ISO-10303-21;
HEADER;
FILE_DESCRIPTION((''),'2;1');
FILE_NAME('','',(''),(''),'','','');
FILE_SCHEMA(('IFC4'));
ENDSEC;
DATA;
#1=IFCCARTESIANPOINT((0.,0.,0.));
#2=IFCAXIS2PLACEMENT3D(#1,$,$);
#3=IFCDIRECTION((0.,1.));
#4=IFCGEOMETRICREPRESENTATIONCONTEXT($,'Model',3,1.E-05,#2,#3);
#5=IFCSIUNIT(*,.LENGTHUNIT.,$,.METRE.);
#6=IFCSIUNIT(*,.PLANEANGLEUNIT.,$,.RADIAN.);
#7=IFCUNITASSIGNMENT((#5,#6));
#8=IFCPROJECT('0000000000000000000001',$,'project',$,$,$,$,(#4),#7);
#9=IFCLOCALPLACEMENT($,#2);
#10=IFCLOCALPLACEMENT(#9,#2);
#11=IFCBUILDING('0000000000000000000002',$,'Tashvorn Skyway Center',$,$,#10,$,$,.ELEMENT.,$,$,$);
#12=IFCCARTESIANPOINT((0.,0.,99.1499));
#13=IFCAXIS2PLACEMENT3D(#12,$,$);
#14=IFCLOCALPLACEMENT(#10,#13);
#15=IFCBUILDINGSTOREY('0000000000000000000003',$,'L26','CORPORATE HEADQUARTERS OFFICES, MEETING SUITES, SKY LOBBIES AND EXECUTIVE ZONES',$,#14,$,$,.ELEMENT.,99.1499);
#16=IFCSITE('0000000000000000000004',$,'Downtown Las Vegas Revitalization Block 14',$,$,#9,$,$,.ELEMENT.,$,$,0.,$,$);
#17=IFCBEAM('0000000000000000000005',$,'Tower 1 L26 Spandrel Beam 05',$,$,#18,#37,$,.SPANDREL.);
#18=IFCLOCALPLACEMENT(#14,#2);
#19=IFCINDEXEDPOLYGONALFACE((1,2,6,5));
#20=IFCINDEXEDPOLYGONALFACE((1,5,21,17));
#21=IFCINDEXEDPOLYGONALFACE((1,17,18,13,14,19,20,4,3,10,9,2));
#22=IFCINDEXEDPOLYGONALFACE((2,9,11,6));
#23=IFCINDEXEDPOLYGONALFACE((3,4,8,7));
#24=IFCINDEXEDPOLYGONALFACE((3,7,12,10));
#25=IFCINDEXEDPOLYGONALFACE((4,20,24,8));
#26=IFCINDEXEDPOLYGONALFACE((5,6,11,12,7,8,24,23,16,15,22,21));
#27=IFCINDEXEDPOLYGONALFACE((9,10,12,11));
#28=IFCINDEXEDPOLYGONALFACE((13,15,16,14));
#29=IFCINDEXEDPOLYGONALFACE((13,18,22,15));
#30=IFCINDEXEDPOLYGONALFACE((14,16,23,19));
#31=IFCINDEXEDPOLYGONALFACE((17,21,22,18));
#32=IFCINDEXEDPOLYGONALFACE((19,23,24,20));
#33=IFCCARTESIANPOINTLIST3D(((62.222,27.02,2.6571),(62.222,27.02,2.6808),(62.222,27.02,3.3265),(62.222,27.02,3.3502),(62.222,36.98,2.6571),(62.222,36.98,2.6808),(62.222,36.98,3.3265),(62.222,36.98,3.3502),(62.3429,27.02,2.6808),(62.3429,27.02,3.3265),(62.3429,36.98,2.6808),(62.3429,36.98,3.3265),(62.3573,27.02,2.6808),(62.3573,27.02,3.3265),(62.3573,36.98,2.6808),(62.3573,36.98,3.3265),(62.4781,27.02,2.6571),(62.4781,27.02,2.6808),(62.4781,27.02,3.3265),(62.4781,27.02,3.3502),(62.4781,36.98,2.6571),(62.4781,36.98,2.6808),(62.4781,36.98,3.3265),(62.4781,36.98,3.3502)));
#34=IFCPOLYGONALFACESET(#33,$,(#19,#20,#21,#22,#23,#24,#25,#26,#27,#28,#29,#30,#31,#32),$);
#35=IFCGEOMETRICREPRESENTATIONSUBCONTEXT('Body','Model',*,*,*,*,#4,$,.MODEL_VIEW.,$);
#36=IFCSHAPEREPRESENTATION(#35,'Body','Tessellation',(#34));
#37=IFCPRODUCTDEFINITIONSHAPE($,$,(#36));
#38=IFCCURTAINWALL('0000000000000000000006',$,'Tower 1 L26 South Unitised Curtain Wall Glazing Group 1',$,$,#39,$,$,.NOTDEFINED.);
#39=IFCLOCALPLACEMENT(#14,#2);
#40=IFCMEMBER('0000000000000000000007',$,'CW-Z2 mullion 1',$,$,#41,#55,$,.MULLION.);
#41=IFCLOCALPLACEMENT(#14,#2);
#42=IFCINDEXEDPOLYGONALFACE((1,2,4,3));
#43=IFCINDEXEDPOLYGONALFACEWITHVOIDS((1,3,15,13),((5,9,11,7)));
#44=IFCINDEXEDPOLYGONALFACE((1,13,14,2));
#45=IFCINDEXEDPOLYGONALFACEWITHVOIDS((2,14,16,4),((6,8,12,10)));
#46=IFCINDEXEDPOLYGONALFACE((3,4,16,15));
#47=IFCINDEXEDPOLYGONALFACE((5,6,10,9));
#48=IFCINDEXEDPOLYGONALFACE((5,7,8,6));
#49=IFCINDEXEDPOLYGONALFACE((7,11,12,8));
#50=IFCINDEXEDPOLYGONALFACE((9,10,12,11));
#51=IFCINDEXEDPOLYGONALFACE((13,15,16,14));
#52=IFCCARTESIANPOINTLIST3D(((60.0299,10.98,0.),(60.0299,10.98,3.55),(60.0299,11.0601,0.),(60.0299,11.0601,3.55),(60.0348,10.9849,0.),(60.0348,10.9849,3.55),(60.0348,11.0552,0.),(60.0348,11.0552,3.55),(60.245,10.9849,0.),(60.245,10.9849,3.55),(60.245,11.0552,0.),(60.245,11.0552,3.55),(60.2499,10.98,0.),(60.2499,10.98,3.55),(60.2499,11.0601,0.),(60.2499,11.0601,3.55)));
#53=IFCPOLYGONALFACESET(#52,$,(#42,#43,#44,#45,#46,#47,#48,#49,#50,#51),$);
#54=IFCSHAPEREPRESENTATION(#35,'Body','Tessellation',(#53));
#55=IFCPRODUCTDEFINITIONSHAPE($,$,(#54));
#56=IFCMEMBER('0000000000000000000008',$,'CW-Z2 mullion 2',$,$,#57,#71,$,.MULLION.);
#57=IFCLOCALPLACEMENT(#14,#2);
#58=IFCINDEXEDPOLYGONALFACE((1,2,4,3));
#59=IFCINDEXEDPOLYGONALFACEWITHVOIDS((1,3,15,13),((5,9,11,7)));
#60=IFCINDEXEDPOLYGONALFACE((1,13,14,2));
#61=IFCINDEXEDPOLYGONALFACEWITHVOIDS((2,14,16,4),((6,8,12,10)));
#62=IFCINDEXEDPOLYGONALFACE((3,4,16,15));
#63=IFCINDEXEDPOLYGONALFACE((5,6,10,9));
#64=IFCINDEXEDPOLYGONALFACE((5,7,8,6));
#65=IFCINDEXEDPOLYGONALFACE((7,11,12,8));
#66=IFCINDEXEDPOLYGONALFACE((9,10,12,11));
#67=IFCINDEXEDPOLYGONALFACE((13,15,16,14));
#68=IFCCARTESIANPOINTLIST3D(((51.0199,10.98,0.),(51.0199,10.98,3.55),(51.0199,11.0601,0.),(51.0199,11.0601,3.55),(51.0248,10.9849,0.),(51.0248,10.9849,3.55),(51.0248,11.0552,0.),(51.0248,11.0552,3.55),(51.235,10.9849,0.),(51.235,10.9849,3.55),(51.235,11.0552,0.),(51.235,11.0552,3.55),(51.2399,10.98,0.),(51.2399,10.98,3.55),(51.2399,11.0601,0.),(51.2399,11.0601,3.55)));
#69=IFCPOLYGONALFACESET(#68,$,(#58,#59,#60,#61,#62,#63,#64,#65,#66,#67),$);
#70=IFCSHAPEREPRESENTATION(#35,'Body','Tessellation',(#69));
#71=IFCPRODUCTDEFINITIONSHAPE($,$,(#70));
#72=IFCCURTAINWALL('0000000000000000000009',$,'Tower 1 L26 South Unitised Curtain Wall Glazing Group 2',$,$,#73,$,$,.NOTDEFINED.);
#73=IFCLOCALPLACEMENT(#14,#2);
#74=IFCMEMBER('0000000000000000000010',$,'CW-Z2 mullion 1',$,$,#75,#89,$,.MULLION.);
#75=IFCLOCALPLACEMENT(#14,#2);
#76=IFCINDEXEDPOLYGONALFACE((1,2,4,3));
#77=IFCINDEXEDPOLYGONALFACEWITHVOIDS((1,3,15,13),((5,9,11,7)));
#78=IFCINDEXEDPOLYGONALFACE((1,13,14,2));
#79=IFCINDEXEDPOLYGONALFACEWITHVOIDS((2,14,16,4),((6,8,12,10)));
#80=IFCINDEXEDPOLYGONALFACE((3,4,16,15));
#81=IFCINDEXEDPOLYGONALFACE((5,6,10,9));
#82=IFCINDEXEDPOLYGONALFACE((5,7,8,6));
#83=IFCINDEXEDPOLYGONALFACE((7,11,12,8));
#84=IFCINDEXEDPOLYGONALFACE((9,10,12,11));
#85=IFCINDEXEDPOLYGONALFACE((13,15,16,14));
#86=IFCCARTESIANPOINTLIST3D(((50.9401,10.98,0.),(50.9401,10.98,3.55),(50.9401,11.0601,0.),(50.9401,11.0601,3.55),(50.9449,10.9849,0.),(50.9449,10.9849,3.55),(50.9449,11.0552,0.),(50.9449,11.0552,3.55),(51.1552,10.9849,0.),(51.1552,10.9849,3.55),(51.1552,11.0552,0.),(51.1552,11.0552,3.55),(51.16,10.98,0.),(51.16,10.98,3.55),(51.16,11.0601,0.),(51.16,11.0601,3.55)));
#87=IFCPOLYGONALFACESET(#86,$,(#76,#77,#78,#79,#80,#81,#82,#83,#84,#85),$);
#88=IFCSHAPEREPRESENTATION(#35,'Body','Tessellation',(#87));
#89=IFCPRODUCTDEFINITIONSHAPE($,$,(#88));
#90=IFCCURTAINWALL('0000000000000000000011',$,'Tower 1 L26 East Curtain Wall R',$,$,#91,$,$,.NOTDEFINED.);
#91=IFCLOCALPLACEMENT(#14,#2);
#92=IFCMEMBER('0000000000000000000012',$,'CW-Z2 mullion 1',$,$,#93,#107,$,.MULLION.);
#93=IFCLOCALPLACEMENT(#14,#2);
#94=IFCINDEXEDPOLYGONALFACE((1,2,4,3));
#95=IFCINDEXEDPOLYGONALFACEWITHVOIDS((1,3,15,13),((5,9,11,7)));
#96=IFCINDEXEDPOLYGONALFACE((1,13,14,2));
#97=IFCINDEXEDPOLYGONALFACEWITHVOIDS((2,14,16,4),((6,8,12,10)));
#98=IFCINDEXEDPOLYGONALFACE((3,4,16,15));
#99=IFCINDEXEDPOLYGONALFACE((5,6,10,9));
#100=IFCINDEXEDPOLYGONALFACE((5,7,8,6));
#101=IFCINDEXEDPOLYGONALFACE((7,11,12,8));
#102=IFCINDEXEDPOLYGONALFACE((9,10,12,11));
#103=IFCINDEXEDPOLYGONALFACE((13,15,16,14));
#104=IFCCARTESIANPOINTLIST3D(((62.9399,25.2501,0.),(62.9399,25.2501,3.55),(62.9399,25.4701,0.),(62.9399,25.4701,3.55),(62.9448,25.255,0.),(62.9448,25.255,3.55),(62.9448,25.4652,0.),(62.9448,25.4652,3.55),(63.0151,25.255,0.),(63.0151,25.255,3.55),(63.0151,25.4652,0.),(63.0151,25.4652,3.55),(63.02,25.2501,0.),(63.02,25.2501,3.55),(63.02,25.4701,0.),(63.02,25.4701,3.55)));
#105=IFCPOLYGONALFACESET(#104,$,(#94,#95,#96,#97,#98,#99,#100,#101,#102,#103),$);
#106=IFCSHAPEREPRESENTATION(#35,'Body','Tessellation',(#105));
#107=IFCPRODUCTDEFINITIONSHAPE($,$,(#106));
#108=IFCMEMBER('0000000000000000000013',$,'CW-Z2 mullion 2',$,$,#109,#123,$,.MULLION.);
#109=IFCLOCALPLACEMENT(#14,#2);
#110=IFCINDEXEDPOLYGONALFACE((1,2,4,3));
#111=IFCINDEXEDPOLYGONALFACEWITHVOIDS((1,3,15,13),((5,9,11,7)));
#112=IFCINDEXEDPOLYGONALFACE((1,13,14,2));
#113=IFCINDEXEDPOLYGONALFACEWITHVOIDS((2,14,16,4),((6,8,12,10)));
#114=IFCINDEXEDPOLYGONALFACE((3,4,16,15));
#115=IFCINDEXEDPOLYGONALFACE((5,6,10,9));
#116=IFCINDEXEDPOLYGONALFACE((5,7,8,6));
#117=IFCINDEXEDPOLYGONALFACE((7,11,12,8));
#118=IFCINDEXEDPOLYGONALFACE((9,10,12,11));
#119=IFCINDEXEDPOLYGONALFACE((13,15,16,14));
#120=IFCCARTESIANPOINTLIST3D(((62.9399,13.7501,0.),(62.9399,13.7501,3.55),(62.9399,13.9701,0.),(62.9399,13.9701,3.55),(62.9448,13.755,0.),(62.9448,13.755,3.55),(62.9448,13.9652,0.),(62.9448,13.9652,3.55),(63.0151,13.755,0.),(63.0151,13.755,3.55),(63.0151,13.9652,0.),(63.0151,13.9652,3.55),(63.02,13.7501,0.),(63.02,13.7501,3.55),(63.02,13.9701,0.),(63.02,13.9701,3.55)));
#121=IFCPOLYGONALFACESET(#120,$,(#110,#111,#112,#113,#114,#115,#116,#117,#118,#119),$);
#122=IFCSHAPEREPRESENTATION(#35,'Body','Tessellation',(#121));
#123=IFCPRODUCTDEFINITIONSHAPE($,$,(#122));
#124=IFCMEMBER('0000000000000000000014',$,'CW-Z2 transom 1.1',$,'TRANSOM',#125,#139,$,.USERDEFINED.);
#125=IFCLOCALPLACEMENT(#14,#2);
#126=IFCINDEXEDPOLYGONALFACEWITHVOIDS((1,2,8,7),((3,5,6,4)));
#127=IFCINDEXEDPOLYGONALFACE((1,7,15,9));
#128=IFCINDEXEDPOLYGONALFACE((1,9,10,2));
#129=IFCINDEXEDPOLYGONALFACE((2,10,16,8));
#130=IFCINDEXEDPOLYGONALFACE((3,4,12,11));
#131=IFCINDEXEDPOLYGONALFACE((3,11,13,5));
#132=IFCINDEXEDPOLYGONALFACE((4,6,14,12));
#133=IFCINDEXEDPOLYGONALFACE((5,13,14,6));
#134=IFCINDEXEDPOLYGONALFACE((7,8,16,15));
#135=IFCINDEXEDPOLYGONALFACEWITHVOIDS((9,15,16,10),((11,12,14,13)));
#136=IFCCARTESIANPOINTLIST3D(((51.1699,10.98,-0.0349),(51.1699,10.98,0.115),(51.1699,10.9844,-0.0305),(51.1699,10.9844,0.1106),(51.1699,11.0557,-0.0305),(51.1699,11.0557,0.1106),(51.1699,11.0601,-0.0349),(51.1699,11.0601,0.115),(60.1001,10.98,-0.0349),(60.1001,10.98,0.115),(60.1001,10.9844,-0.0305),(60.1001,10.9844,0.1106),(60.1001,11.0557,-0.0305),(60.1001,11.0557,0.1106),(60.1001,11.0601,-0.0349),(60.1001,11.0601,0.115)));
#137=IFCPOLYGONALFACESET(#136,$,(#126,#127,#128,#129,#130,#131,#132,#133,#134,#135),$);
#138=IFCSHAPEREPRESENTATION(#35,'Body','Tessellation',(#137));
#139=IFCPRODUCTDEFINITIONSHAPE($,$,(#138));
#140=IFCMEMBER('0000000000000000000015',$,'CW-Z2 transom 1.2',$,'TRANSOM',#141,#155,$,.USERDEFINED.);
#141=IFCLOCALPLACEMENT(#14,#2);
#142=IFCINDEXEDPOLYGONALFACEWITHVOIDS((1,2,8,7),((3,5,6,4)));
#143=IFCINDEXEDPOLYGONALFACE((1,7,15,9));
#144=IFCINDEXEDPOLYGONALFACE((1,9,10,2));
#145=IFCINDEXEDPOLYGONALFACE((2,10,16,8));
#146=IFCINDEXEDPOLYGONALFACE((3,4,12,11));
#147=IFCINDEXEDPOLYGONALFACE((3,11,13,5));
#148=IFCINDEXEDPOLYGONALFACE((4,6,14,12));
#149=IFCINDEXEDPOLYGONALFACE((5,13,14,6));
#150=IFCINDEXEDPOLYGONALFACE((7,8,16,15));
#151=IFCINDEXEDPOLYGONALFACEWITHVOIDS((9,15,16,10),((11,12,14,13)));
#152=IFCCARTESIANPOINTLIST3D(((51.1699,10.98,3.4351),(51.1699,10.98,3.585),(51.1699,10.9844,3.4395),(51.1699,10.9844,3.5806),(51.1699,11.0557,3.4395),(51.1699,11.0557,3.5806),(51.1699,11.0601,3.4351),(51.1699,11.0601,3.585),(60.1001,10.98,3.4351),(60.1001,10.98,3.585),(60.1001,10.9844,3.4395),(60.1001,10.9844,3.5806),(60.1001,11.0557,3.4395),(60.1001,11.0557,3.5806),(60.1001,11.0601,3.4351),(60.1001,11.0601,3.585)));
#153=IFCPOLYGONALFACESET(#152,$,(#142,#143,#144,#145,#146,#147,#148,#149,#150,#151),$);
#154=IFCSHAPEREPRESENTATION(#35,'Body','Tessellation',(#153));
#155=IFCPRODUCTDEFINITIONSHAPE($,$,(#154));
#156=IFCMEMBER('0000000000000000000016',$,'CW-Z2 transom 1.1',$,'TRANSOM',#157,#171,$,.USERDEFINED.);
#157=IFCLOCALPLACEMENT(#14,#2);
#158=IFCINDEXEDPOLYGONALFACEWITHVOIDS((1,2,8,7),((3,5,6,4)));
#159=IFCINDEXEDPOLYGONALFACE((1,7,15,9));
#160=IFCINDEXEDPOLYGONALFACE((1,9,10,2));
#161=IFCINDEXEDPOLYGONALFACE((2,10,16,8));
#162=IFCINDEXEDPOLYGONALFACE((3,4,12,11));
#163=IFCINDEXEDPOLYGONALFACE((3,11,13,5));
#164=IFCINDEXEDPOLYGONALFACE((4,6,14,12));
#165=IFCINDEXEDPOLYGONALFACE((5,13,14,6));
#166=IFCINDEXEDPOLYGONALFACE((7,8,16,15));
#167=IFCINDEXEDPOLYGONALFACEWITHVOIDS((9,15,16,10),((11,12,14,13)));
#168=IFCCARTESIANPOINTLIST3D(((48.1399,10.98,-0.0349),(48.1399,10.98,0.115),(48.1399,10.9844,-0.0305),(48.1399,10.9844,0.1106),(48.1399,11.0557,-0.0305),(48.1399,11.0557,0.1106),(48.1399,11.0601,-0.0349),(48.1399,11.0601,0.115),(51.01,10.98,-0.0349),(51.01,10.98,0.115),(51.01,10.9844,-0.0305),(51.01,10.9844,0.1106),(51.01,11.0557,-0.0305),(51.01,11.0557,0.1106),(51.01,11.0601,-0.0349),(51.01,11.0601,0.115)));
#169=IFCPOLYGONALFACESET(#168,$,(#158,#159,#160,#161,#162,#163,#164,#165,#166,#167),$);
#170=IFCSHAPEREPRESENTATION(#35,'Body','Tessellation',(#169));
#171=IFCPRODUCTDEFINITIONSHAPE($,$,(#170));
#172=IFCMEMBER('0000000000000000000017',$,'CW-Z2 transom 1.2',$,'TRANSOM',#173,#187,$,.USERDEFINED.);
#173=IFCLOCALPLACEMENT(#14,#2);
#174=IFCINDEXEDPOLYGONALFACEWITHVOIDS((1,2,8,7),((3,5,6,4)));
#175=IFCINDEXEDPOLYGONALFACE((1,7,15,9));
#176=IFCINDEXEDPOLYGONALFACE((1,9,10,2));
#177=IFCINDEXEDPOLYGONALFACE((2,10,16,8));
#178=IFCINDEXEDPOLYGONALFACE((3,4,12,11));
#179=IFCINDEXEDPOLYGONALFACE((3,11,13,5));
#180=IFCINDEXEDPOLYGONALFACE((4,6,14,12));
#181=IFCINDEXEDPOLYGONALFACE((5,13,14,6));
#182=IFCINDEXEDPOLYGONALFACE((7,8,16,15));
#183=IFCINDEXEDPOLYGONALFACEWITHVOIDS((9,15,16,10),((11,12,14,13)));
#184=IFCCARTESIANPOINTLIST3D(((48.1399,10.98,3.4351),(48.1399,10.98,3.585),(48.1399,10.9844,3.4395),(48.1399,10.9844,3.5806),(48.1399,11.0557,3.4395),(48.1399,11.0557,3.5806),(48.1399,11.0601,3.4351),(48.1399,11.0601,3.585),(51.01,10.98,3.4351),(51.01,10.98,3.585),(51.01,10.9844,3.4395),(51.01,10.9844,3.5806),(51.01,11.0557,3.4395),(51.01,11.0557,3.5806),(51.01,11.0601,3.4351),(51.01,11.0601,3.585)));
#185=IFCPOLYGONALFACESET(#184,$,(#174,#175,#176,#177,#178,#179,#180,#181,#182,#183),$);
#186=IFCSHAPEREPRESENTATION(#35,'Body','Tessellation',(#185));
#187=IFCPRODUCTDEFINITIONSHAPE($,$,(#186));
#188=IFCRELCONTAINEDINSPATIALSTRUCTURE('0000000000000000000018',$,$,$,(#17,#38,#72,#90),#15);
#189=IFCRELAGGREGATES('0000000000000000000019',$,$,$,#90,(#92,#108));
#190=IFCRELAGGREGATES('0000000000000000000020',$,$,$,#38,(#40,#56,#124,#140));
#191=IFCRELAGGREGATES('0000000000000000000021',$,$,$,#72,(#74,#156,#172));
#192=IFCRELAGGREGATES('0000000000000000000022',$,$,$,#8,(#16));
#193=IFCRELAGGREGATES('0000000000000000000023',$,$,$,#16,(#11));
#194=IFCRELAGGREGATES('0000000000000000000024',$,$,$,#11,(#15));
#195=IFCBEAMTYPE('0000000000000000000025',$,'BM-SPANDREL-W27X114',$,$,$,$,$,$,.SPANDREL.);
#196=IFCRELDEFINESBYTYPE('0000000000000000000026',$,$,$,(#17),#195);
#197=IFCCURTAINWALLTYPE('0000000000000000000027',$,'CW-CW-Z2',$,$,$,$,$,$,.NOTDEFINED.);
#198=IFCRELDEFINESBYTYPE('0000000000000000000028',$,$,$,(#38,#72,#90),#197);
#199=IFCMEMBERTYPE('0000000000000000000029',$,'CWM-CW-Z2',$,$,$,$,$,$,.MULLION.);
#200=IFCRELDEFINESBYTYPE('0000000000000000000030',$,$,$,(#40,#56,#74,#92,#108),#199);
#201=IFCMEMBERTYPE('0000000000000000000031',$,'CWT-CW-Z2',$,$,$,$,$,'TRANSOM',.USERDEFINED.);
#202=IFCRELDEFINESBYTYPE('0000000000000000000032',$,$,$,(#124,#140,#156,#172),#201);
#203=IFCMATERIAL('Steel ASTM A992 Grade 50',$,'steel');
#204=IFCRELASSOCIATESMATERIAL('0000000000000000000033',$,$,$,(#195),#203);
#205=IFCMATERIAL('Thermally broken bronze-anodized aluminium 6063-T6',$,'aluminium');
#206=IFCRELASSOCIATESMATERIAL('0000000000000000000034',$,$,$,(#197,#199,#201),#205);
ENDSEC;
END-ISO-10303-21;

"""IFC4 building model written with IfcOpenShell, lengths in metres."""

from ifc_helpers import new_model, si_unit, direction, frame, origin, origin_2d, place, context, subcontext, project, spatial, hollow_rectangle, i_section, extrude, material, material_profile, profile_set, type_object, element, aggregate, save


model = new_model("IFC4")

# Units and contexts
model_context = context("Model", 3, precision=1e-05, world=origin(), true_north=direction((0.0, 1.0)))
body_context = subcontext(model_context, "Body", "Model", "MODEL_VIEW")
ifc_project = project(units=[si_unit("LENGTHUNIT", "METRE"), si_unit("PLANEANGLEUNIT", "RADIAN")], contexts=[model_context])

# Site, building, storey
site_placement = place(None, origin())
site = spatial("IfcSite", under=ifc_project, at=site_placement, Name="Downtown Las Vegas Revitalization Block 14", CompositionType="ELEMENT", RefElevation=0.0)
building_placement = place(site_placement, origin())
building = spatial("IfcBuilding", under=site, at=building_placement, Name="Tashvorn Skyway Center", CompositionType="ELEMENT")
storey_placement = place(building_placement, frame((0.0, 0.0, 99.1499)))
storey = spatial("IfcBuildingStorey", under=building, at=storey_placement, Name="L26", Description="CORPORATE HEADQUARTERS OFFICES, MEETING SUITES, SKY LOBBIES AND EXECUTIVE ZONES", CompositionType="ELEMENT", Elevation=99.1499)

# Beam
ifc_material_1 = material(Name="Steel ASTM A992 Grade 50", Category="steel")
ifc_material_profile_1 = material_profile(ifc_material_1, i_section(OverallWidth=0.2561, OverallDepth=0.6931, WebThickness=0.0144, FlangeThickness=0.0237, at=origin_2d()), Name="W27X114")
ifc_profile_set_1 = profile_set([ifc_material_profile_1], Name="Steel ASTM A992 Grade 50")
beam_type_1 = type_object("IfcBeamType", Name="BM-SPANDREL-W27X114", PredefinedType="SPANDREL", material=ifc_profile_set_1)
beam_1_placement = place(storey_placement, frame((62.3501, 27.02, 3.0037), z_axis=(0.0, 1.0, 0.0), x_axis=(-1.0, 0.0, 0.0)))
element("IfcBeam", 1, at=beam_1_placement, inside=storey, type_object=beam_type_1, Name="Tower 1 L26 Spandrel Beam 05", PredefinedType="SPANDREL", context=body_context, shape_type="SweptSolid", body=[
    extrude(i_section(OverallWidth=0.2561, OverallDepth=0.6931, WebThickness=0.0144, FlangeThickness=0.0237, at=origin_2d()), origin(), (0.0, 0.0, 1.0), 9.96),
])

# Curtain wall, members
ifc_material_2 = material(Name="Thermally broken bronze-anodized aluminium 6063-T6", Category="aluminium")
curtain_wall_type = type_object("IfcCurtainWallType", Name="CW-CW-Z2", PredefinedType="NOTDEFINED", material=ifc_material_2)
curtain_wall_1_placement = place(storey_placement, origin())
curtain_wall_1 = element("IfcCurtainWall", 2, at=curtain_wall_1_placement, inside=storey, type_object=curtain_wall_type, Name="Tower 1 L26 South Unitised Curtain Wall Glazing Group 1", PredefinedType="NOTDEFINED")
ifc_material_profile_2 = material_profile(ifc_material_2, hollow_rectangle(XDim=0.0801, YDim=0.22, WallThickness=0.0049, at=origin_2d()), Name="ALU-MULL-80x220")
ifc_profile_set_2 = profile_set([ifc_material_profile_2], Name="Thermally broken bronze-anodized aluminium 6063-T6")
member_type_1 = type_object("IfcMemberType", Name="CWM-CW-Z2", PredefinedType="MULLION", material=ifc_profile_set_2)
member_1_placement = place(storey_placement, frame((60.1399, 11.02, 0.0), z_axis=(0.0, 0.0, 1.0), x_axis=(0.0, -1.0, 0.0)))
member_1 = element("IfcMember", 3, at=member_1_placement, type_object=member_type_1, Name="CW-Z2 mullion 1", PredefinedType="MULLION", context=body_context, shape_type="SweptSolid", body=[
    extrude(hollow_rectangle(XDim=0.0801, YDim=0.22, WallThickness=0.0049, at=origin_2d()), origin(), (0.0, 0.0, 1.0), 3.55),
])
member_2_placement = place(storey_placement, frame((51.1299, 11.02, 0.0), z_axis=(0.0, 0.0, 1.0), x_axis=(0.0, -1.0, 0.0)))
member_2 = element("IfcMember", 4, at=member_2_placement, type_object=member_type_1, Name="CW-Z2 mullion 2", PredefinedType="MULLION", context=body_context, shape_type="SweptSolid", body=[
    extrude(hollow_rectangle(XDim=0.0801, YDim=0.22, WallThickness=0.0049, at=origin_2d()), origin(), (0.0, 0.0, 1.0), 3.55),
])

# Curtain wall, member
curtain_wall_2_placement = place(storey_placement, origin())
curtain_wall_2 = element("IfcCurtainWall", 5, at=curtain_wall_2_placement, inside=storey, type_object=curtain_wall_type, Name="Tower 1 L26 South Unitised Curtain Wall Glazing Group 2", PredefinedType="NOTDEFINED")
member_3_placement = place(storey_placement, frame((51.05, 11.02, 0.0), z_axis=(0.0, 0.0, 1.0), x_axis=(0.0, -1.0, 0.0)))
member_3 = element("IfcMember", 6, at=member_3_placement, type_object=member_type_1, Name="CW-Z2 mullion 1", PredefinedType="MULLION", context=body_context, shape_type="SweptSolid", body=[
    extrude(hollow_rectangle(XDim=0.0801, YDim=0.22, WallThickness=0.0049, at=origin_2d()), origin(), (0.0, 0.0, 1.0), 3.55),
])

# Curtain wall, members
curtain_wall_3_placement = place(storey_placement, origin())
curtain_wall_3 = element("IfcCurtainWall", 7, at=curtain_wall_3_placement, inside=storey, type_object=curtain_wall_type, Name="Tower 1 L26 East Curtain Wall R", PredefinedType="NOTDEFINED")
member_4_placement = place(storey_placement, frame((62.98, 25.3601, 0.0), z_axis=(0.0, 0.0, 1.0), x_axis=(1.0, 0.0, 0.0)))
member_4 = element("IfcMember", 8, at=member_4_placement, type_object=member_type_1, Name="CW-Z2 mullion 1", PredefinedType="MULLION", context=body_context, shape_type="SweptSolid", body=[
    extrude(hollow_rectangle(XDim=0.0801, YDim=0.22, WallThickness=0.0049, at=origin_2d()), origin(), (0.0, 0.0, 1.0), 3.55),
])
member_5_placement = place(storey_placement, frame((62.98, 13.8601, 0.0), z_axis=(0.0, 0.0, 1.0), x_axis=(1.0, 0.0, 0.0)))
member_5 = element("IfcMember", 9, at=member_5_placement, type_object=member_type_1, Name="CW-Z2 mullion 2", PredefinedType="MULLION", context=body_context, shape_type="SweptSolid", body=[
    extrude(hollow_rectangle(XDim=0.0801, YDim=0.22, WallThickness=0.0049, at=origin_2d()), origin(), (0.0, 0.0, 1.0), 3.55),
])
aggregate(curtain_wall_3, [member_4, member_5])

# Members
ifc_material_profile_3 = material_profile(ifc_material_2, hollow_rectangle(XDim=0.0801, YDim=0.1499, WallThickness=0.0044, at=origin_2d()), Name="ALU-TRAN-80x150")
ifc_profile_set_3 = profile_set([ifc_material_profile_3], Name="Thermally broken bronze-anodized aluminium 6063-T6")
member_type_2 = type_object("IfcMemberType", Name="CWT-CW-Z2", ElementType="TRANSOM", PredefinedType="USERDEFINED", material=ifc_profile_set_3)
member_6_placement = place(storey_placement, frame((60.1001, 11.02, 0.04), z_axis=(-1.0, 0.0, 0.0), x_axis=(0.0, -1.0, 0.0)))
member_6 = element("IfcMember", 10, at=member_6_placement, type_object=member_type_2, Name="CW-Z2 transom 1.1", ObjectType="TRANSOM", PredefinedType="USERDEFINED", context=body_context, shape_type="SweptSolid", body=[
    extrude(hollow_rectangle(XDim=0.0801, YDim=0.1499, WallThickness=0.0044, at=origin_2d()), origin(), (0.0, 0.0, 1.0), 8.9302),
])
member_7_placement = place(storey_placement, frame((60.1001, 11.02, 3.51), z_axis=(-1.0, 0.0, 0.0), x_axis=(0.0, -1.0, 0.0)))
member_7 = element("IfcMember", 11, at=member_7_placement, type_object=member_type_2, Name="CW-Z2 transom 1.2", ObjectType="TRANSOM", PredefinedType="USERDEFINED", context=body_context, shape_type="SweptSolid", body=[
    extrude(hollow_rectangle(XDim=0.0801, YDim=0.1499, WallThickness=0.0044, at=origin_2d()), origin(), (0.0, 0.0, 1.0), 8.9302),
])
member_8_placement = place(storey_placement, frame((51.01, 11.02, 0.04), z_axis=(-1.0, 0.0, 0.0), x_axis=(0.0, -1.0, 0.0)))
member_8 = element("IfcMember", 12, at=member_8_placement, type_object=member_type_2, Name="CW-Z2 transom 1.1", ObjectType="TRANSOM", PredefinedType="USERDEFINED", context=body_context, shape_type="SweptSolid", body=[
    extrude(hollow_rectangle(XDim=0.0801, YDim=0.1499, WallThickness=0.0044, at=origin_2d()), origin(), (0.0, 0.0, 1.0), 2.8701),
])
member_9_placement = place(storey_placement, frame((51.01, 11.02, 3.51), z_axis=(-1.0, 0.0, 0.0), x_axis=(0.0, -1.0, 0.0)))
member_9 = element("IfcMember", 13, at=member_9_placement, type_object=member_type_2, Name="CW-Z2 transom 1.2", ObjectType="TRANSOM", PredefinedType="USERDEFINED", context=body_context, shape_type="SweptSolid", body=[
    extrude(hollow_rectangle(XDim=0.0801, YDim=0.1499, WallThickness=0.0044, at=origin_2d()), origin(), (0.0, 0.0, 1.0), 2.8701),
])

aggregate(curtain_wall_1, [member_1, member_2, member_6, member_7])
aggregate(curtain_wall_2, [member_3, member_8, member_9])

save(model, "model.ifc")
